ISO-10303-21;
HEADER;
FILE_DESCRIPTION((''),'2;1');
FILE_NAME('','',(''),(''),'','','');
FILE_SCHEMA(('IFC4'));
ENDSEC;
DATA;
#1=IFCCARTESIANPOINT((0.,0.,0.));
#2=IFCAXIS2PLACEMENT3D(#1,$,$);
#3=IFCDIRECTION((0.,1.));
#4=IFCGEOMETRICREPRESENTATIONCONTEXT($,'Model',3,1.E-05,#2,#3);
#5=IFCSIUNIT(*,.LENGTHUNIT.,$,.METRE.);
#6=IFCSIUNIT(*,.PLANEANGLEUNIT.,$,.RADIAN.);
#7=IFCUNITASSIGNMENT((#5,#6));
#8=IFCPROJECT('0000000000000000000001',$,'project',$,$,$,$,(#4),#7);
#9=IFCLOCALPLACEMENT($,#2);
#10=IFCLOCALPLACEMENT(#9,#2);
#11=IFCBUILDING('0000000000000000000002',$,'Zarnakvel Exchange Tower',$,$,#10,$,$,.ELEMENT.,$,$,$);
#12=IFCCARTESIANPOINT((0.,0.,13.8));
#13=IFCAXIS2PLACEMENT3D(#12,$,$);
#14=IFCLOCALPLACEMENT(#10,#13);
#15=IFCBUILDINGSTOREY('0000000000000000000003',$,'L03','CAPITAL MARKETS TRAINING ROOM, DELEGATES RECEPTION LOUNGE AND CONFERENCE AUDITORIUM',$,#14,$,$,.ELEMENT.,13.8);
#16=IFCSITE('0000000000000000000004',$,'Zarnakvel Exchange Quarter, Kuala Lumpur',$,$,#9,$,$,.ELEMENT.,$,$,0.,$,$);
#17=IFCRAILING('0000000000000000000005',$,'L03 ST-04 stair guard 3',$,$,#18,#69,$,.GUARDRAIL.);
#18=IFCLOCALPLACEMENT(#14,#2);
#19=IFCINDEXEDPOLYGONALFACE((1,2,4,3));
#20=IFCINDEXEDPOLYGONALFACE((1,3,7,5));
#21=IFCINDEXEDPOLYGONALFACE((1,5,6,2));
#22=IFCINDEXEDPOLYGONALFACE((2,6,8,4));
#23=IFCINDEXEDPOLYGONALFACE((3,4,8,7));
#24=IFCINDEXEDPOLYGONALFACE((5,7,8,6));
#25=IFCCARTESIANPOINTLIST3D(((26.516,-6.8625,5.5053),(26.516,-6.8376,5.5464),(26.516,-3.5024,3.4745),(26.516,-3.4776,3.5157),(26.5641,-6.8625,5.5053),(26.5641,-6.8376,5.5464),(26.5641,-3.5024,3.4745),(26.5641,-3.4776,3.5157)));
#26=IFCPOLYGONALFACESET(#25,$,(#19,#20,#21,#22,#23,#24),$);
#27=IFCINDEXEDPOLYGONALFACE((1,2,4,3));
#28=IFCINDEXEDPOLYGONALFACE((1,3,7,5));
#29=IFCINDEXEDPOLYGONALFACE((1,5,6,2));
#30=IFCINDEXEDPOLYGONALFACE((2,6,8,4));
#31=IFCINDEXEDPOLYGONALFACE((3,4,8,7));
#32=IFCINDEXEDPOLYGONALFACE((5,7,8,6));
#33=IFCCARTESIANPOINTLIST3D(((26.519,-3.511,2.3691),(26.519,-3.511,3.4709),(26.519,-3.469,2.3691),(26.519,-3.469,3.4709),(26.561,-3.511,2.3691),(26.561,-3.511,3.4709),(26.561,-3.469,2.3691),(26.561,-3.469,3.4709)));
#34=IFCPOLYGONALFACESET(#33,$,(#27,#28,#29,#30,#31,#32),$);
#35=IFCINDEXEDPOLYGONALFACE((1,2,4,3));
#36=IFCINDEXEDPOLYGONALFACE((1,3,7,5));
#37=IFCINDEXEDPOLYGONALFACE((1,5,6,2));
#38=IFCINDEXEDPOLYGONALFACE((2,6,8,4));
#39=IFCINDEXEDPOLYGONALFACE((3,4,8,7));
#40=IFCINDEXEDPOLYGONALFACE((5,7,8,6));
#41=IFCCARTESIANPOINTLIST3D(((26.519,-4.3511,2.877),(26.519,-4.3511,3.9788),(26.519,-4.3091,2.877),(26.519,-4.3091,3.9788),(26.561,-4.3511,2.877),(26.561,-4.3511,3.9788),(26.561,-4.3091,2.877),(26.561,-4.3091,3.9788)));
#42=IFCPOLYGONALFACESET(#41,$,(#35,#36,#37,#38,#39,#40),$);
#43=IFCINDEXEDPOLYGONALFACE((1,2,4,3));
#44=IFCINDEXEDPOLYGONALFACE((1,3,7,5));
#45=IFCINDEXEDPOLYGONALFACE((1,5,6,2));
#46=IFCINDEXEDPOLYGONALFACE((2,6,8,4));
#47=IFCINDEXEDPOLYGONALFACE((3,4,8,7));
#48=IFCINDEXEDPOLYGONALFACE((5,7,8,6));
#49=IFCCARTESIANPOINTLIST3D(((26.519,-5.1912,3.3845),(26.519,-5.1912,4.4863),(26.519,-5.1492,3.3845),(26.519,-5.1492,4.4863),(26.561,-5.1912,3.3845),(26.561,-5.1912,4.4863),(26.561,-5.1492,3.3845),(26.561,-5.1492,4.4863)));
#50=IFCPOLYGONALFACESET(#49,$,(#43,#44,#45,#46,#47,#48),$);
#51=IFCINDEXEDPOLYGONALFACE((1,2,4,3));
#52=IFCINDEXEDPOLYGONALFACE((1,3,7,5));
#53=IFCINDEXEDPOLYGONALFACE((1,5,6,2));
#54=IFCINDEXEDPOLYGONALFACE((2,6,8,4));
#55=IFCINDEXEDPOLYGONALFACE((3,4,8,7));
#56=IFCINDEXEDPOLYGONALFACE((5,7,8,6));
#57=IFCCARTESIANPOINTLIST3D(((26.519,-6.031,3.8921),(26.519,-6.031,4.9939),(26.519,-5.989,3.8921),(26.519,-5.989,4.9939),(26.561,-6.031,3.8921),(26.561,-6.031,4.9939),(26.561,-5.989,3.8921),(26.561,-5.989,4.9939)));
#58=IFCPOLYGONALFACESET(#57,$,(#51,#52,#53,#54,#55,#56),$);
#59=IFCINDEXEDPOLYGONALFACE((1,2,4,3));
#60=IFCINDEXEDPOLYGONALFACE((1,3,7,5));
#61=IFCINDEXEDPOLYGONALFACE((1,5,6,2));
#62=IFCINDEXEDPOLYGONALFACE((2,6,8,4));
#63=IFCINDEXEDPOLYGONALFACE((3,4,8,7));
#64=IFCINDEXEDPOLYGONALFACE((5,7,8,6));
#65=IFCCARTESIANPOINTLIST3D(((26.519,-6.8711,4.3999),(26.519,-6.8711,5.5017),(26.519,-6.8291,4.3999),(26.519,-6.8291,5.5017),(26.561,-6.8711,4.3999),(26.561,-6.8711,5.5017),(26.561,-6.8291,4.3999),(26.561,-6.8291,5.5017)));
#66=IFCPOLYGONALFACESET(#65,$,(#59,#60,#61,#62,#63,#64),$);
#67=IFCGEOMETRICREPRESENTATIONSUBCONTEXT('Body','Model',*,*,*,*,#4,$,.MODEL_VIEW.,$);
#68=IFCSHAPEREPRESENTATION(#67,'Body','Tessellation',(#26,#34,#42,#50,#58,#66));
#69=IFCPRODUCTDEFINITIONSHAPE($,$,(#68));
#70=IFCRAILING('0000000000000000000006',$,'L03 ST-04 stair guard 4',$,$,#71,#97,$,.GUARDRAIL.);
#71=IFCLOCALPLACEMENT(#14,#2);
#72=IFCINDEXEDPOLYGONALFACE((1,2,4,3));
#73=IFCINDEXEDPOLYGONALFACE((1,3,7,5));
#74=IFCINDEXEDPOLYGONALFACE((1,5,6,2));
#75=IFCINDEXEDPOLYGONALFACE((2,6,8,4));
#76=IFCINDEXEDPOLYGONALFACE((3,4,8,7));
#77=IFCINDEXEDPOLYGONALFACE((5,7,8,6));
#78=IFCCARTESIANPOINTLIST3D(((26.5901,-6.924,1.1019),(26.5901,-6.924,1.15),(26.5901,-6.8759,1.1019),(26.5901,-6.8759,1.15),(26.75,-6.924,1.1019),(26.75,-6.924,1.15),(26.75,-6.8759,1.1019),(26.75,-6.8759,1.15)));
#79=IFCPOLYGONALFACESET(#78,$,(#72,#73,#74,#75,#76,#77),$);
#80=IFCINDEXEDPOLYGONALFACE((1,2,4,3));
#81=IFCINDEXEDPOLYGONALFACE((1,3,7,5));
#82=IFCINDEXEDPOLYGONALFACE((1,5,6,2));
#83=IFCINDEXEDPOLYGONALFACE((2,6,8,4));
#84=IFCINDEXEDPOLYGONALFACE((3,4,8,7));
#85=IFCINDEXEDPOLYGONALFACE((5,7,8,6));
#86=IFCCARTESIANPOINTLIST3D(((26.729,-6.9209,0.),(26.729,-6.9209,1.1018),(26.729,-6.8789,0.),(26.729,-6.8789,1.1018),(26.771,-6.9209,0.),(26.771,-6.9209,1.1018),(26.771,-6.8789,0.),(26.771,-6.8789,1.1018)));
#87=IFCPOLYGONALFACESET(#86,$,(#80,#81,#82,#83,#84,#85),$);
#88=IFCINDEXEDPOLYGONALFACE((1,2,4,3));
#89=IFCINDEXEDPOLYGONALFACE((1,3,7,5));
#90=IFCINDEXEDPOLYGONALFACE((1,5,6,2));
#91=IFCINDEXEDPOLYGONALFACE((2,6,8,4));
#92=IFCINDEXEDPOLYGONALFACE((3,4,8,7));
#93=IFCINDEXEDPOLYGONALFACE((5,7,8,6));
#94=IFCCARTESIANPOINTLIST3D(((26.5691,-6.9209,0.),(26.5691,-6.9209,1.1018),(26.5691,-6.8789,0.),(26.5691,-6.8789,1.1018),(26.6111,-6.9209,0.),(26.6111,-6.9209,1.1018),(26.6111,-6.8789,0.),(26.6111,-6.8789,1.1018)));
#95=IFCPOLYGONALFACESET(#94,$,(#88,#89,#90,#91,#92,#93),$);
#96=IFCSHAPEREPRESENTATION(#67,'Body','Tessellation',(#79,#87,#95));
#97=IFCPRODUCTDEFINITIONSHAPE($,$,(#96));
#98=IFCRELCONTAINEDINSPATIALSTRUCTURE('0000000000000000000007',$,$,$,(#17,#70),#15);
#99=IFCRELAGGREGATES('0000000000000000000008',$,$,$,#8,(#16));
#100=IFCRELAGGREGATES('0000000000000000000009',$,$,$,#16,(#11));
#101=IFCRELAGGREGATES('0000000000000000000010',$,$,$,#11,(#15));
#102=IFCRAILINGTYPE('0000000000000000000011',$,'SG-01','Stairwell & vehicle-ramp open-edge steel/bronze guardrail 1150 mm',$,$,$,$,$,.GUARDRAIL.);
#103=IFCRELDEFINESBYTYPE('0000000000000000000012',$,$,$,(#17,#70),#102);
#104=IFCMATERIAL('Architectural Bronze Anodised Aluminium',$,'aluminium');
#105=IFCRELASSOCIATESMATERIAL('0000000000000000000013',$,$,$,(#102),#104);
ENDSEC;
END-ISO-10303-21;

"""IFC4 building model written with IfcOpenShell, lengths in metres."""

from ifc_helpers import new_model, si_unit, direction, frame, origin, origin_2d, place, context, subcontext, project, spatial, rectangle, extrude, material, type_object, element, save


model = new_model("IFC4")

# Units and contexts
model_context = context("Model", 3, precision=1e-05, world=origin(), true_north=direction((0.0, 1.0)))
body_context = subcontext(model_context, "Body", "Model", "MODEL_VIEW")
ifc_project = project(units=[si_unit("LENGTHUNIT", "METRE"), si_unit("PLANEANGLEUNIT", "RADIAN")], contexts=[model_context])

# Site, building, storey
site_placement = place(None, origin())
site = spatial("IfcSite", under=ifc_project, at=site_placement, Name="Zarnakvel Exchange Quarter, Kuala Lumpur", CompositionType="ELEMENT", RefElevation=0.0)
building_placement = place(site_placement, origin())
building = spatial("IfcBuilding", under=site, at=building_placement, Name="Zarnakvel Exchange Tower", CompositionType="ELEMENT")
storey_placement = place(building_placement, frame((0.0, 0.0, 13.8)))
storey = spatial("IfcBuildingStorey", under=building, at=storey_placement, Name="L03", Description="CAPITAL MARKETS TRAINING ROOM, DELEGATES RECEPTION LOUNGE AND CONFERENCE AUDITORIUM", CompositionType="ELEMENT", Elevation=13.8)

# Railings
ifc_material_1 = material(Name="Architectural Bronze Anodised Aluminium", Category="aluminium")
railing_type_1 = type_object("IfcRailingType", Name="SG-01", Description="Stairwell & vehicle-ramp open-edge steel/bronze guardrail 1150 mm", PredefinedType="GUARDRAIL", material=ifc_material_1)
railing_1_placement = place(storey_placement, frame((26.54, -3.49, 2.3691)))
element("IfcRailing", 1, at=railing_1_placement, inside=storey, type_object=railing_type_1, Name="L03 ST-04 stair guard 3", PredefinedType="GUARDRAIL", context=body_context, shape_type="SweptSolid", body=[
    extrude(rectangle(XDim=0.0481, YDim=0.0481, at=origin_2d()), frame((0.0, 0.0, 1.126), z_axis=(0.0, -0.855837, 0.517246), x_axis=(1.0, 0.0, 0.0)), (0.0, 0.0, 1.0), 3.926),
    extrude(rectangle(XDim=0.042, YDim=0.042, at=origin_2d()), origin(), (0.0, 0.0, 1.0), 1.1018),
    extrude(rectangle(XDim=0.042, YDim=0.042, at=origin_2d()), frame((0.0, -0.8401, 0.5078)), (0.0, 0.0, 1.0), 1.1018),
    extrude(rectangle(XDim=0.042, YDim=0.042, at=origin_2d()), frame((0.0, -1.6802, 1.0154)), (0.0, 0.0, 1.0), 1.1018),
    extrude(rectangle(XDim=0.042, YDim=0.042, at=origin_2d()), frame((0.0, -2.52, 1.5229)), (0.0, 0.0, 1.0), 1.1018),
    extrude(rectangle(XDim=0.042, YDim=0.042, at=origin_2d()), frame((0.0, -3.3601, 2.0308)), (0.0, 0.0, 1.0), 1.1018),
])
railing_2_placement = place(storey_placement, frame((26.75, -6.8999, 0.0)))
element("IfcRailing", 2, at=railing_2_placement, inside=storey, type_object=railing_type_1, Name="L03 ST-04 stair guard 4", PredefinedType="GUARDRAIL", context=body_context, shape_type="SweptSolid", body=[
    extrude(rectangle(XDim=0.0481, YDim=0.0481, at=origin_2d()), frame((0.0, 0.0, 1.126), z_axis=(-1.0, 0.0, 0.0), x_axis=(0.0, -1.0, 0.0)), (0.0, 0.0, 1.0), 0.1599),
    extrude(rectangle(XDim=0.042, YDim=0.042, at=origin_2d()), origin(), (0.0, 0.0, 1.0), 1.1018),
    extrude(rectangle(XDim=0.042, YDim=0.042, at=origin_2d()), frame((-0.1599, 0.0, 0.0)), (0.0, 0.0, 1.0), 1.1018),
])

save(model, "model.ifc")
